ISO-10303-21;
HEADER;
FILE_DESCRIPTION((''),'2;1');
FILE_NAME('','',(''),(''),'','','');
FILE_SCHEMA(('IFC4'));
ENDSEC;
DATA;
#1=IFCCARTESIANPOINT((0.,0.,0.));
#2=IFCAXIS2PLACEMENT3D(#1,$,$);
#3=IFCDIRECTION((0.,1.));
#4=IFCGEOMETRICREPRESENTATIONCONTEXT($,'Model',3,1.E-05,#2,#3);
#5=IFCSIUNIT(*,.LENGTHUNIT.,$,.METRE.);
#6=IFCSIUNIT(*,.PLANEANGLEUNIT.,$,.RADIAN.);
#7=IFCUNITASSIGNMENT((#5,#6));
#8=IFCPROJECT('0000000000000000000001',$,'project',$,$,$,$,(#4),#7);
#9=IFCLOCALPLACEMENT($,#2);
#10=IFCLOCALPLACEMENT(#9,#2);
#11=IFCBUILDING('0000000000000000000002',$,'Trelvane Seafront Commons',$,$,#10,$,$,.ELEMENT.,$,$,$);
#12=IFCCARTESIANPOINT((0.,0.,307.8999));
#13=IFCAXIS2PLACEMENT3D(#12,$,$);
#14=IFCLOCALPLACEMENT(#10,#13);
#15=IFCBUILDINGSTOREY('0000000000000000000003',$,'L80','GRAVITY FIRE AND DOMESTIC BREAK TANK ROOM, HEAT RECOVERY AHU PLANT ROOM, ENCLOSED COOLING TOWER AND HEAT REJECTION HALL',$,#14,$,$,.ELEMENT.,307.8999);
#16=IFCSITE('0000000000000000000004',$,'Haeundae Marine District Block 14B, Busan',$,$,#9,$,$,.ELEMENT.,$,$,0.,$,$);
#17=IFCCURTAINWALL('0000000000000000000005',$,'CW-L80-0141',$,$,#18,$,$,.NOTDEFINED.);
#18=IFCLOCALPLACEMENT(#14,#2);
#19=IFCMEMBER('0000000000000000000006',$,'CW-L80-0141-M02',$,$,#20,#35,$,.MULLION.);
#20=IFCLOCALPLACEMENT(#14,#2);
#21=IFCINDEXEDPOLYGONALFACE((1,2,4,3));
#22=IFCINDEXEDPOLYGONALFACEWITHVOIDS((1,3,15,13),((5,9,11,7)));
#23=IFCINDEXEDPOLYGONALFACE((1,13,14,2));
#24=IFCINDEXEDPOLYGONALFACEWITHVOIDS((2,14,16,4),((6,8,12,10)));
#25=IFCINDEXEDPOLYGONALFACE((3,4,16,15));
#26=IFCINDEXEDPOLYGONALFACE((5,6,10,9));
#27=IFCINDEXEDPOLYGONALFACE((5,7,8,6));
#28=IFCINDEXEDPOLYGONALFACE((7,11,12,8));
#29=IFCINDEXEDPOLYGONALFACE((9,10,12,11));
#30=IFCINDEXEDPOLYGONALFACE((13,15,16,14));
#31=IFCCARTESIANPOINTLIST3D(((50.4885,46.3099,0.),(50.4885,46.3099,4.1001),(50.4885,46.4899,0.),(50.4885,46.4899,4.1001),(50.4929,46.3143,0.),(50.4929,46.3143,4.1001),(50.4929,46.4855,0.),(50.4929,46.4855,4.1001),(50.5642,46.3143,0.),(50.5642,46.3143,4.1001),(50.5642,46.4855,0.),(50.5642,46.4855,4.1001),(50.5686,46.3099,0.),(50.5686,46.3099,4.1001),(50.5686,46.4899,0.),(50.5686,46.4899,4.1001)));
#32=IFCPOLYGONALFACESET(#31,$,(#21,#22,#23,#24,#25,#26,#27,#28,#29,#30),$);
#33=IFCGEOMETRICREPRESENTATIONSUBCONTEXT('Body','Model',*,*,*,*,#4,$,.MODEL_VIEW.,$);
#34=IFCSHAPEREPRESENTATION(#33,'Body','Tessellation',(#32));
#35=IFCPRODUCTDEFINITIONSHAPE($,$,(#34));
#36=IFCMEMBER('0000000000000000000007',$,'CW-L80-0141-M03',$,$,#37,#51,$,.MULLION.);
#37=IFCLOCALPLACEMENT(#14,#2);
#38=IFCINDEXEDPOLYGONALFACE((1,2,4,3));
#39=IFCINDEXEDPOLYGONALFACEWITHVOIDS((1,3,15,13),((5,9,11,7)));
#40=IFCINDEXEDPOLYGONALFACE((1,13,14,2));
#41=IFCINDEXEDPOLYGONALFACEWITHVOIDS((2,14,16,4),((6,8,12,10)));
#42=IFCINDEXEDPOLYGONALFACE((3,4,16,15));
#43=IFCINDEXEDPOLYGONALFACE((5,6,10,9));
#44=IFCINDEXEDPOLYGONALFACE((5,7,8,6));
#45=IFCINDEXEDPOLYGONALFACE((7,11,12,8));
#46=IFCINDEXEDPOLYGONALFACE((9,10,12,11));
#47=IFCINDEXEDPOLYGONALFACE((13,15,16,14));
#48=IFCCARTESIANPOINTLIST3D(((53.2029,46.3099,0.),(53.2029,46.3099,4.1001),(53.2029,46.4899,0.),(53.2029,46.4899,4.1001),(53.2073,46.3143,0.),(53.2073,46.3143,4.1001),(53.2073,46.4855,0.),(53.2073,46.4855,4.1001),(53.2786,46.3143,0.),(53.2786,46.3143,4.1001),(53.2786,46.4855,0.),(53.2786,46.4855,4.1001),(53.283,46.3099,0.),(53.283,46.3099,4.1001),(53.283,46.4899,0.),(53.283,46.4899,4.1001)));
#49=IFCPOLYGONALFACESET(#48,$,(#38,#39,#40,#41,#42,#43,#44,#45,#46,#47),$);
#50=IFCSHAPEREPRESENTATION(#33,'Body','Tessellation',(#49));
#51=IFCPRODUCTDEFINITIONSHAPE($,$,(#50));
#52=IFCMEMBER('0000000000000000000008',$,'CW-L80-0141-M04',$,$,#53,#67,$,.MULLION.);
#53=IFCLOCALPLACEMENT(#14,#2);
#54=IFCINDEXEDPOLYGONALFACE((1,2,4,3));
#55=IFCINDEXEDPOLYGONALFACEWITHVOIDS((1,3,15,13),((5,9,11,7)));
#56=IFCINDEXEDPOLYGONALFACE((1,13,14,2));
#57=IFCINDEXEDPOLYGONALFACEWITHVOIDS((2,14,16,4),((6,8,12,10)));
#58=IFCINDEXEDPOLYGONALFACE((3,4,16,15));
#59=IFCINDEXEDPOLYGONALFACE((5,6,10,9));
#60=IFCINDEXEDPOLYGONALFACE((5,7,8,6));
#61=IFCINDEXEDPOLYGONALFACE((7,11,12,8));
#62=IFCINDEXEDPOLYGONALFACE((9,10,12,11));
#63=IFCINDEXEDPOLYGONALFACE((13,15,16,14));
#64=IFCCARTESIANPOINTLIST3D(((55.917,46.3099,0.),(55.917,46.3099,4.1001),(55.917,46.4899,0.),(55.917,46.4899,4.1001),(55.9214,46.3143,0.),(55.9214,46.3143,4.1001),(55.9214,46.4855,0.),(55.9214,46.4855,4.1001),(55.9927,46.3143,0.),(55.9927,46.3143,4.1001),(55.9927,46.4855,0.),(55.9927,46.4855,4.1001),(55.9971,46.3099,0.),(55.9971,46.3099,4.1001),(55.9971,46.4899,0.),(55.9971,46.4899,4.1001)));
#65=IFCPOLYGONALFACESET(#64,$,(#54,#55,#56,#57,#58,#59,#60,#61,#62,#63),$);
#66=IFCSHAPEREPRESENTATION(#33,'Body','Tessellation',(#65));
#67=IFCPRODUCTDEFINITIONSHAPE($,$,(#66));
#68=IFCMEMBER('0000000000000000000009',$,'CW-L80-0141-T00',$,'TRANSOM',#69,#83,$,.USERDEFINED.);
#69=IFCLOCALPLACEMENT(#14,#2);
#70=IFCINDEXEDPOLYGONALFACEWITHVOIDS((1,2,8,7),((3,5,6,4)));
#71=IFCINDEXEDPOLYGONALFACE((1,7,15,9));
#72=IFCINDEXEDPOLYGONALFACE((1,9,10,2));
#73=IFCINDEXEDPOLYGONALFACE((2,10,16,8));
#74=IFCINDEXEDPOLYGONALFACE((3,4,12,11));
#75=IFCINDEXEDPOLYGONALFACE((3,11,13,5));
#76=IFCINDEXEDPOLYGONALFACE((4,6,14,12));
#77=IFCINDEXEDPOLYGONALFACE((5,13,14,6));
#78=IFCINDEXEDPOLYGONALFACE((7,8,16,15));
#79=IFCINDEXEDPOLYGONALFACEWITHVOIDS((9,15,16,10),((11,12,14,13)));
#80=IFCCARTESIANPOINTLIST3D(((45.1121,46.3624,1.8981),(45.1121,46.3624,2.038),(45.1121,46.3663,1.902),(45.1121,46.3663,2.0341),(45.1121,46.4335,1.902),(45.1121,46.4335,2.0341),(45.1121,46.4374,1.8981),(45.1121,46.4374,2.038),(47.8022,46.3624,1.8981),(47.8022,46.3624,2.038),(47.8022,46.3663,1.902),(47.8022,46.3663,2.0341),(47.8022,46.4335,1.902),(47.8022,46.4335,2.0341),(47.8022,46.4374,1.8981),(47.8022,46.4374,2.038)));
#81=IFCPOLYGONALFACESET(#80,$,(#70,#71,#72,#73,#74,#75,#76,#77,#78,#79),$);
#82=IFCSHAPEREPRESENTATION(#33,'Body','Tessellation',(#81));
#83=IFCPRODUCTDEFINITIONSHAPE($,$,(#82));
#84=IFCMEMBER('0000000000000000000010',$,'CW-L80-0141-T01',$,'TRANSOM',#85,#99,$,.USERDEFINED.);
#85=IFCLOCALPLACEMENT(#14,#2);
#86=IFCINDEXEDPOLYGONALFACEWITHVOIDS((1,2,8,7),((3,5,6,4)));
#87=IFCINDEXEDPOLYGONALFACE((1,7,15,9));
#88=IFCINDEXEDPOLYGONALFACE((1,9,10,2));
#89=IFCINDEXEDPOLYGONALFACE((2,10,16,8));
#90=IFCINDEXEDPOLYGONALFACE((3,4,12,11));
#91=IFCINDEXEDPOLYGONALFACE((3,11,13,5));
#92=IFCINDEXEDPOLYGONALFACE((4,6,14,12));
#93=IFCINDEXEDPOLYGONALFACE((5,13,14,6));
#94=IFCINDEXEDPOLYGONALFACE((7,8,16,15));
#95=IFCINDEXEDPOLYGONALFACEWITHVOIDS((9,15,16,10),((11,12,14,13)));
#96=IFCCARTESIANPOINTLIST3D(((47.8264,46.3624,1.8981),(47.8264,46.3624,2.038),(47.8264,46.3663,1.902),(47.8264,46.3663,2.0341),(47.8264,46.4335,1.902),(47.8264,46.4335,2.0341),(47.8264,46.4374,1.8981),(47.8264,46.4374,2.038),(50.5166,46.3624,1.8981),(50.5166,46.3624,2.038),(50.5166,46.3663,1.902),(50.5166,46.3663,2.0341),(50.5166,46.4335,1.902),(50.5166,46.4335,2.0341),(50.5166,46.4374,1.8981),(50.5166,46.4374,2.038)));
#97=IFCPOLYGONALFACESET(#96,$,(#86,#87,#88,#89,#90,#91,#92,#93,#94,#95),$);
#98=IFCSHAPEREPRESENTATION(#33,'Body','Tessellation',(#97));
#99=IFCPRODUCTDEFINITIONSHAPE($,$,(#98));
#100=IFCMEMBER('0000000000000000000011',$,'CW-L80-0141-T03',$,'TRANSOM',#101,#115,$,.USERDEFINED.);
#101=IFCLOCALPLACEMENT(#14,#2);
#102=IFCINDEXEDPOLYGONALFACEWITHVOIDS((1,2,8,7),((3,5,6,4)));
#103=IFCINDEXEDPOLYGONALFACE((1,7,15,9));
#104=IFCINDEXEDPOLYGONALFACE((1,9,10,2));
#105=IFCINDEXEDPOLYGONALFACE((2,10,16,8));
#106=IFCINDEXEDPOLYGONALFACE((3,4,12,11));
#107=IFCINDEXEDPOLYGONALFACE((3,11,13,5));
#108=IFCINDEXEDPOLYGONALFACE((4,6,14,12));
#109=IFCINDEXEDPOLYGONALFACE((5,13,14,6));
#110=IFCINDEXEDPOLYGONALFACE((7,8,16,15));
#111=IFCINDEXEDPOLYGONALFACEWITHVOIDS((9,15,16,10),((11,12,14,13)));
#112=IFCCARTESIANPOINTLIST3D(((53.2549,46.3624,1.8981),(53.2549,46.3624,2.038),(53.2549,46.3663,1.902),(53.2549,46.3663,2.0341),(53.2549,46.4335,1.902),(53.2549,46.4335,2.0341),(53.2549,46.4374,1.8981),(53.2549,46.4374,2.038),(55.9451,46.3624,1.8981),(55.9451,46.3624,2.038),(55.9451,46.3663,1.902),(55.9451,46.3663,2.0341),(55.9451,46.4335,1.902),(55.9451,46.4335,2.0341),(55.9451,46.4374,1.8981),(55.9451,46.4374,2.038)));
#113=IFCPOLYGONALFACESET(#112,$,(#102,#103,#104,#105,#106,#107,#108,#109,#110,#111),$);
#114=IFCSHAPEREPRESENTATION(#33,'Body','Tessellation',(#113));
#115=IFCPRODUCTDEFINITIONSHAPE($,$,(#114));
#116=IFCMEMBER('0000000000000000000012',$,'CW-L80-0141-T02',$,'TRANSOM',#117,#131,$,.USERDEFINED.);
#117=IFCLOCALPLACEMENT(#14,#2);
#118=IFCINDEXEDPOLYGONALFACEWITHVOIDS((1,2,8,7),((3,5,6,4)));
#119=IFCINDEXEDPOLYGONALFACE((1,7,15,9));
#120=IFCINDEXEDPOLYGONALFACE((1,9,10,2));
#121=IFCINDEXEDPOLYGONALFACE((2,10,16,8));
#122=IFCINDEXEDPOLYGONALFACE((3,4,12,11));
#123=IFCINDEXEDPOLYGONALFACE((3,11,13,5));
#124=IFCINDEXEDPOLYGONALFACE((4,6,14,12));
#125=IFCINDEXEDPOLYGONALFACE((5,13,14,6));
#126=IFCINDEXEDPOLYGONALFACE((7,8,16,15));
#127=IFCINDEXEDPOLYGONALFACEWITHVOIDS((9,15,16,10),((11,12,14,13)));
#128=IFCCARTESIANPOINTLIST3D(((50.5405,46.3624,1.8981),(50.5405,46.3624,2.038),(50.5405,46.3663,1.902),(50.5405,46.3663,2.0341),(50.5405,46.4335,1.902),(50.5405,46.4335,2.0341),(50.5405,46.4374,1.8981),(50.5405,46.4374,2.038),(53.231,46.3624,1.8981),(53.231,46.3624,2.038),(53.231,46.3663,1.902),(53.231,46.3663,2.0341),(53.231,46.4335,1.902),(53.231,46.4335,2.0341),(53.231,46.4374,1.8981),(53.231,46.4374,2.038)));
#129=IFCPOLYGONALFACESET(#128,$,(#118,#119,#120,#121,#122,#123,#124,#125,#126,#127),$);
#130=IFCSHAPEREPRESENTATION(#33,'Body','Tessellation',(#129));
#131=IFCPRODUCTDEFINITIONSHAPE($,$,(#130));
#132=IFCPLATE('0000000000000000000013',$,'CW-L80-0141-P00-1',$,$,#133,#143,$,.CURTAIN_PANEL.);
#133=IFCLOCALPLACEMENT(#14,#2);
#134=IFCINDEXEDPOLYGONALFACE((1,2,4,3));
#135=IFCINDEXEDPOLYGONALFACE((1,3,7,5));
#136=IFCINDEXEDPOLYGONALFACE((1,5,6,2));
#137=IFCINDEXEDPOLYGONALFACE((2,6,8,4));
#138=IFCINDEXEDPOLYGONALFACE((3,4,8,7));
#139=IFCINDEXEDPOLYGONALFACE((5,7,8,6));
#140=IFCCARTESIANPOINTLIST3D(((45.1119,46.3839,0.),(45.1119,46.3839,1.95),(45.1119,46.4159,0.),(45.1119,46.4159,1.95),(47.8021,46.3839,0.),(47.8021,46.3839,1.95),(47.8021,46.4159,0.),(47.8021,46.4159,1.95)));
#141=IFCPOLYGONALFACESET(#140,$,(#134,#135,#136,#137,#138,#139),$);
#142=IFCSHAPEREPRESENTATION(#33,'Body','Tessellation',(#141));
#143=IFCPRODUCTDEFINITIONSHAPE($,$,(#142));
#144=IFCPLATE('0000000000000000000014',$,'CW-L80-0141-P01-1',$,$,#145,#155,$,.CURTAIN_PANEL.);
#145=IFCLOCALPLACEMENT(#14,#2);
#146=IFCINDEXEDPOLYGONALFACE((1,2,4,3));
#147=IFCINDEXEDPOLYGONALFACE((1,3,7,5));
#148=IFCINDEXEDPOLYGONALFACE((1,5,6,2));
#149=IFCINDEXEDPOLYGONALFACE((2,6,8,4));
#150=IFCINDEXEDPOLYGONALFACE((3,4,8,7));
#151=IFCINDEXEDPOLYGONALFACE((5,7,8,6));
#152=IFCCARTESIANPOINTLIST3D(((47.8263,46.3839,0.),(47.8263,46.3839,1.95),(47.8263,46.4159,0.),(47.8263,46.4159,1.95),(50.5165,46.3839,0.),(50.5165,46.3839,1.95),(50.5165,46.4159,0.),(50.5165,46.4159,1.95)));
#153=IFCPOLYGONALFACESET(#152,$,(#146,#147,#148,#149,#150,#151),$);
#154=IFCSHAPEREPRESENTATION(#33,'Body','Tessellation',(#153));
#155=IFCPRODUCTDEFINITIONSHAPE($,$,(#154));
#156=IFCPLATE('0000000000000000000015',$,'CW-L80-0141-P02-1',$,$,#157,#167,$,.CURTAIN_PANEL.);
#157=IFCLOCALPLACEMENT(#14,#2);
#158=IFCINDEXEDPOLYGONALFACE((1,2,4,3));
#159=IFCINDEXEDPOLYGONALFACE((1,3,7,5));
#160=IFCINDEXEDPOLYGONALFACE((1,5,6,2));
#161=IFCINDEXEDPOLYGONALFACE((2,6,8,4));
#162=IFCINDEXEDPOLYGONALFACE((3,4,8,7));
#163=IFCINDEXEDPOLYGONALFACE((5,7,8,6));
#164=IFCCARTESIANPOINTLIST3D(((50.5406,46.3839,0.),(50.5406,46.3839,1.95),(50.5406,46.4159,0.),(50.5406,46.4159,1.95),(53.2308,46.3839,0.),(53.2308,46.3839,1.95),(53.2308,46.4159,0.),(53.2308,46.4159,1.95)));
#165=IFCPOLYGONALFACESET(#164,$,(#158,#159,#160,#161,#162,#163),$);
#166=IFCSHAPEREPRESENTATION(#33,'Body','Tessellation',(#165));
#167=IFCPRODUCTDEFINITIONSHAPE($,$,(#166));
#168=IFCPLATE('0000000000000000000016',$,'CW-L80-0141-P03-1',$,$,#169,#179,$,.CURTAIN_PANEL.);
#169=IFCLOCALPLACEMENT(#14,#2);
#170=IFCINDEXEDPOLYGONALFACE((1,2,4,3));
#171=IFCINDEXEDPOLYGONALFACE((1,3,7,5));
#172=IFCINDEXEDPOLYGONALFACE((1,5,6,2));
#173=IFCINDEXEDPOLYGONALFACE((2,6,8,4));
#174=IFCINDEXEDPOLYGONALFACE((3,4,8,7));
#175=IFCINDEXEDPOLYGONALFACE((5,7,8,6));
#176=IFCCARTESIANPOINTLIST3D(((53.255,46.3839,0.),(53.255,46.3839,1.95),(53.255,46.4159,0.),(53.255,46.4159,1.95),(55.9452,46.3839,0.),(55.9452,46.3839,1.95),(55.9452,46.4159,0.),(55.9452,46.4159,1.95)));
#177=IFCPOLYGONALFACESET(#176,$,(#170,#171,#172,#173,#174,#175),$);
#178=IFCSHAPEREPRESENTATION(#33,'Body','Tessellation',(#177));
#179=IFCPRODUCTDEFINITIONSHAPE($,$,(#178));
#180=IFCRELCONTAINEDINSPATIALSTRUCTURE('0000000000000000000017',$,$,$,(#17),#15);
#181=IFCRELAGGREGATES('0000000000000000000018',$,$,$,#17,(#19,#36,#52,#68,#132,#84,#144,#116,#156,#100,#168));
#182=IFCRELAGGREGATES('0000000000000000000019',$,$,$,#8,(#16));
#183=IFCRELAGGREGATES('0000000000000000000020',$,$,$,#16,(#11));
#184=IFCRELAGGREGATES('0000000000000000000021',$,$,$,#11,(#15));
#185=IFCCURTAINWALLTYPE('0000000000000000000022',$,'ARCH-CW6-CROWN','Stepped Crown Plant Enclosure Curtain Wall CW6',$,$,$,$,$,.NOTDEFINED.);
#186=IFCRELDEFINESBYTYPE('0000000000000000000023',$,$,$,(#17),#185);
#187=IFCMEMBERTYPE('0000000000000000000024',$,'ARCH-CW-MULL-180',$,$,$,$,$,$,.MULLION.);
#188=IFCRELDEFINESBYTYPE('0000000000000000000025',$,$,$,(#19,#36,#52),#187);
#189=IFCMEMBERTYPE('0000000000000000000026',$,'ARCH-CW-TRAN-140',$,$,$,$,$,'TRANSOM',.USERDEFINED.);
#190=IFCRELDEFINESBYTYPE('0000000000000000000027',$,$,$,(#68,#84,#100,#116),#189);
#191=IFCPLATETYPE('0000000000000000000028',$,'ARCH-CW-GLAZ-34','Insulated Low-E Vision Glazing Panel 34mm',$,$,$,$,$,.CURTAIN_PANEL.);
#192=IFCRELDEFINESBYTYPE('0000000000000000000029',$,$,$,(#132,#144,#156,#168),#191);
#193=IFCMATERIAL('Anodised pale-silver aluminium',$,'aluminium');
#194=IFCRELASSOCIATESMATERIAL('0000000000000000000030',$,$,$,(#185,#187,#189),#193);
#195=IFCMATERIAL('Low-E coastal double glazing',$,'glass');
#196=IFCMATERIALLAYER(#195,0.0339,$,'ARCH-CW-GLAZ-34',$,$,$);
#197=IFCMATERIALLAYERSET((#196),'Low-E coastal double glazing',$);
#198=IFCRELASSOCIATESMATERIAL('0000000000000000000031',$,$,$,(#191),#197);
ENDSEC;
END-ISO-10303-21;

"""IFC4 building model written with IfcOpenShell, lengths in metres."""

from ifc_helpers import new_model, si_unit, direction, frame, origin, origin_2d, place, context, subcontext, project, spatial, rectangle, hollow_rectangle, extrude, source, transform, mapped, material, layer, layer_set, material_profile, profile_set, type_object, element, aggregate, save


model = new_model("IFC4")

# Units and contexts
model_context = context("Model", 3, precision=1e-05, world=origin(), true_north=direction((0.0, 1.0)))
body_context = subcontext(model_context, "Body", "Model", "MODEL_VIEW")
ifc_project = project(units=[si_unit("LENGTHUNIT", "METRE"), si_unit("PLANEANGLEUNIT", "RADIAN")], contexts=[model_context])

# Site, building, storey
site_placement = place(None, origin())
site = spatial("IfcSite", under=ifc_project, at=site_placement, Name="Haeundae Marine District Block 14B, Busan", CompositionType="ELEMENT", RefElevation=0.0)
building_placement = place(site_placement, origin())
building = spatial("IfcBuilding", under=site, at=building_placement, Name="Trelvane Seafront Commons", CompositionType="ELEMENT")
storey_placement = place(building_placement, frame((0.0, 0.0, 307.8999)))
storey = spatial("IfcBuildingStorey", under=building, at=storey_placement, Name="L80", Description="GRAVITY FIRE AND DOMESTIC BREAK TANK ROOM, HEAT RECOVERY AHU PLANT ROOM, ENCLOSED COOLING TOWER AND HEAT REJECTION HALL", CompositionType="ELEMENT", Elevation=307.8999)

# Curtain wall, members, plates
ifc_material_1 = material(Name="Anodised pale-silver aluminium", Category="aluminium")
curtain_wall_type = type_object("IfcCurtainWallType", Name="ARCH-CW6-CROWN", Description="Stepped Crown Plant Enclosure Curtain Wall CW6", PredefinedType="NOTDEFINED", material=ifc_material_1)
curtain_wall_placement = place(storey_placement, origin())
curtain_wall = element("IfcCurtainWall", 1, at=curtain_wall_placement, inside=storey, type_object=curtain_wall_type, Name="CW-L80-0141", PredefinedType="NOTDEFINED")
ifc_material_profile_1 = material_profile(ifc_material_1, hollow_rectangle(XDim=0.0801, YDim=0.1799, WallThickness=0.0044, at=origin_2d()), Name="MULL-80x180x4.5")
ifc_profile_set_1 = profile_set([ifc_material_profile_1], Name="Anodised pale-silver aluminium")
member_type_1 = type_object("IfcMemberType", Name="ARCH-CW-MULL-180", PredefinedType="MULLION", material=ifc_profile_set_1)
shared_shape_1 = source(origin(), body_context, "Body", "SweptSolid", [
    extrude(hollow_rectangle(XDim=0.0801, YDim=0.1799, WallThickness=0.0044, at=origin_2d()), origin(), (0.0, 0.0, 1.0), 4.1001),
])
member_1_placement = place(storey_placement, frame((50.5286, 46.3999, 0.0), z_axis=(0.0, 0.0, 1.0), x_axis=(1.0, 0.0, 0.0)))
member_1 = element("IfcMember", 2, at=member_1_placement, type_object=member_type_1, Name="CW-L80-0141-M02", PredefinedType="MULLION", context=body_context, shape_type="MappedRepresentation", body=[
    mapped(shared_shape_1, transform((0.0, 0.0, 0.0), x_axis=(1.0, 0.0, 0.0), y_axis=(0.0, 1.0, 0.0), z_axis=(0.0, 0.0, 1.0), scale=1.0)),
])
member_2_placement = place(storey_placement, frame((53.2429, 46.3999, 0.0), z_axis=(0.0, 0.0, 1.0), x_axis=(1.0, 0.0, 0.0)))
member_2 = element("IfcMember", 3, at=member_2_placement, type_object=member_type_1, Name="CW-L80-0141-M03", PredefinedType="MULLION", context=body_context, shape_type="MappedRepresentation", body=[
    mapped(shared_shape_1, transform((0.0, 0.0, 0.0), x_axis=(1.0, 0.0, 0.0), y_axis=(0.0, 1.0, 0.0), z_axis=(0.0, 0.0, 1.0), scale=1.0)),
])
member_3_placement = place(storey_placement, frame((55.957, 46.3999, 0.0), z_axis=(0.0, 0.0, 1.0), x_axis=(1.0, 0.0, 0.0)))
member_3 = element("IfcMember", 4, at=member_3_placement, type_object=member_type_1, Name="CW-L80-0141-M04", PredefinedType="MULLION", context=body_context, shape_type="MappedRepresentation", body=[
    mapped(shared_shape_1, transform((0.0, 0.0, 0.0), x_axis=(1.0, 0.0, 0.0), y_axis=(0.0, 1.0, 0.0), z_axis=(0.0, 0.0, 1.0), scale=1.0)),
])
ifc_material_profile_2 = material_profile(ifc_material_1, hollow_rectangle(XDim=0.075, YDim=0.1399, WallThickness=0.0039, at=origin_2d()), Name="TRAN-75x140x4")
ifc_profile_set_2 = profile_set([ifc_material_profile_2], Name="Anodised pale-silver aluminium")
member_type_2 = type_object("IfcMemberType", Name="ARCH-CW-TRAN-140", ElementType="TRANSOM", PredefinedType="USERDEFINED", material=ifc_profile_set_2)
shared_shape_2 = source(origin(), body_context, "Body", "SweptSolid", [
    extrude(hollow_rectangle(XDim=0.075, YDim=0.1399, WallThickness=0.0039, at=origin_2d()), origin(), (0.0, 0.0, 1.0), 2.6902),
])
member_4_placement = place(storey_placement, frame((45.1121, 46.3999, 1.968), z_axis=(1.0, 0.0, 0.0), x_axis=(0.0, 1.0, 0.0)))
member_4 = element("IfcMember", 5, at=member_4_placement, type_object=member_type_2, Name="CW-L80-0141-T00", ObjectType="TRANSOM", PredefinedType="USERDEFINED", context=body_context, shape_type="MappedRepresentation", body=[
    mapped(shared_shape_2, transform((0.0, 0.0, 0.0), x_axis=(1.0, 0.0, 0.0), y_axis=(0.0, 1.0, 0.0), z_axis=(0.0, 0.0, 1.0), scale=1.0)),
])
member_5_placement = place(storey_placement, frame((47.8264, 46.3999, 1.968), z_axis=(1.0, 0.0, 0.0), x_axis=(0.0, 1.0, 0.0)))
member_5 = element("IfcMember", 6, at=member_5_placement, type_object=member_type_2, Name="CW-L80-0141-T01", ObjectType="TRANSOM", PredefinedType="USERDEFINED", context=body_context, shape_type="MappedRepresentation", body=[
    mapped(shared_shape_2, transform((0.0, 0.0, 0.0), x_axis=(1.0, 0.0, 0.0), y_axis=(0.0, 1.0, 0.0), z_axis=(0.0, 0.0, 1.0), scale=1.0)),
])
member_6_placement = place(storey_placement, frame((53.2549, 46.3999, 1.968), z_axis=(1.0, 0.0, 0.0), x_axis=(0.0, 1.0, 0.0)))
member_6 = element("IfcMember", 7, at=member_6_placement, type_object=member_type_2, Name="CW-L80-0141-T03", ObjectType="TRANSOM", PredefinedType="USERDEFINED", context=body_context, shape_type="MappedRepresentation", body=[
    mapped(shared_shape_2, transform((0.0, 0.0, 0.0), x_axis=(1.0, 0.0, 0.0), y_axis=(0.0, 1.0, 0.0), z_axis=(0.0, 0.0, 1.0), scale=1.0)),
])
shared_shape_3 = source(origin(), body_context, "Body", "SweptSolid", [
    extrude(hollow_rectangle(XDim=0.075, YDim=0.1399, WallThickness=0.0039, at=origin_2d()), origin(), (0.0, 0.0, 1.0), 2.6904),
])
member_7_placement = place(storey_placement, frame((50.5405, 46.3999, 1.968), z_axis=(1.0, 0.0, 0.0), x_axis=(0.0, 1.0, 0.0)))
member_7 = element("IfcMember", 8, at=member_7_placement, type_object=member_type_2, Name="CW-L80-0141-T02", ObjectType="TRANSOM", PredefinedType="USERDEFINED", context=body_context, shape_type="MappedRepresentation", body=[
    mapped(shared_shape_3, transform((0.0, 0.0, 0.0), x_axis=(1.0, 0.0, 0.0), y_axis=(0.0, 1.0, 0.0), z_axis=(0.0, 0.0, 1.0), scale=1.0)),
])
ifc_material_2 = material(Name="Low-E coastal double glazing", Category="glass")
ifc_layer_1 = layer(ifc_material_2, 0.0339, Name="ARCH-CW-GLAZ-34")
ifc_layer_set_1 = layer_set([ifc_layer_1], Name="Low-E coastal double glazing")
plate_type_1 = type_object("IfcPlateType", Name="ARCH-CW-GLAZ-34", Description="Insulated Low-E Vision Glazing Panel 34mm", PredefinedType="CURTAIN_PANEL", material=ifc_layer_set_1)
shared_shape_4 = source(origin(), body_context, "Body", "SweptSolid", [
    extrude(rectangle(XDim=2.6902, YDim=0.032, at=origin_2d()), origin(), (0.0, 0.0, 1.0), 1.95),
])
plate_1_placement = place(storey_placement, frame((46.457, 46.3999, 0.0), z_axis=(0.0, 0.0, 1.0), x_axis=(1.0, 0.0, 0.0)))
plate_1 = element("IfcPlate", 9, at=plate_1_placement, type_object=plate_type_1, Name="CW-L80-0141-P00-1", PredefinedType="CURTAIN_PANEL", context=body_context, shape_type="MappedRepresentation", body=[
    mapped(shared_shape_4, transform((0.0, 0.0, 0.0), x_axis=(1.0, 0.0, 0.0), y_axis=(0.0, 1.0, 0.0), z_axis=(0.0, 0.0, 1.0), scale=1.0)),
])
plate_2_placement = place(storey_placement, frame((49.1714, 46.3999, 0.0), z_axis=(0.0, 0.0, 1.0), x_axis=(1.0, 0.0, 0.0)))
plate_2 = element("IfcPlate", 10, at=plate_2_placement, type_object=plate_type_1, Name="CW-L80-0141-P01-1", PredefinedType="CURTAIN_PANEL", context=body_context, shape_type="MappedRepresentation", body=[
    mapped(shared_shape_4, transform((0.0, 0.0, 0.0), x_axis=(1.0, 0.0, 0.0), y_axis=(0.0, 1.0, 0.0), z_axis=(0.0, 0.0, 1.0), scale=1.0)),
])
plate_3_placement = place(storey_placement, frame((51.8857, 46.3999, 0.0), z_axis=(0.0, 0.0, 1.0), x_axis=(1.0, 0.0, 0.0)))
plate_3 = element("IfcPlate", 11, at=plate_3_placement, type_object=plate_type_1, Name="CW-L80-0141-P02-1", PredefinedType="CURTAIN_PANEL", context=body_context, shape_type="MappedRepresentation", body=[
    mapped(shared_shape_4, transform((0.0, 0.0, 0.0), x_axis=(1.0, 0.0, 0.0), y_axis=(0.0, 1.0, 0.0), z_axis=(0.0, 0.0, 1.0), scale=1.0)),
])
plate_4_placement = place(storey_placement, frame((54.6001, 46.3999, 0.0), z_axis=(0.0, 0.0, 1.0), x_axis=(1.0, 0.0, 0.0)))
plate_4 = element("IfcPlate", 12, at=plate_4_placement, type_object=plate_type_1, Name="CW-L80-0141-P03-1", PredefinedType="CURTAIN_PANEL", context=body_context, shape_type="MappedRepresentation", body=[
    mapped(shared_shape_4, transform((0.0, 0.0, 0.0), x_axis=(1.0, 0.0, 0.0), y_axis=(0.0, 1.0, 0.0), z_axis=(0.0, 0.0, 1.0), scale=1.0)),
])
aggregate(curtain_wall, [member_1, member_2, member_3, member_4, plate_1, member_5, plate_2, member_7, plate_3, member_6, plate_4])

save(model, "model.ifc")
